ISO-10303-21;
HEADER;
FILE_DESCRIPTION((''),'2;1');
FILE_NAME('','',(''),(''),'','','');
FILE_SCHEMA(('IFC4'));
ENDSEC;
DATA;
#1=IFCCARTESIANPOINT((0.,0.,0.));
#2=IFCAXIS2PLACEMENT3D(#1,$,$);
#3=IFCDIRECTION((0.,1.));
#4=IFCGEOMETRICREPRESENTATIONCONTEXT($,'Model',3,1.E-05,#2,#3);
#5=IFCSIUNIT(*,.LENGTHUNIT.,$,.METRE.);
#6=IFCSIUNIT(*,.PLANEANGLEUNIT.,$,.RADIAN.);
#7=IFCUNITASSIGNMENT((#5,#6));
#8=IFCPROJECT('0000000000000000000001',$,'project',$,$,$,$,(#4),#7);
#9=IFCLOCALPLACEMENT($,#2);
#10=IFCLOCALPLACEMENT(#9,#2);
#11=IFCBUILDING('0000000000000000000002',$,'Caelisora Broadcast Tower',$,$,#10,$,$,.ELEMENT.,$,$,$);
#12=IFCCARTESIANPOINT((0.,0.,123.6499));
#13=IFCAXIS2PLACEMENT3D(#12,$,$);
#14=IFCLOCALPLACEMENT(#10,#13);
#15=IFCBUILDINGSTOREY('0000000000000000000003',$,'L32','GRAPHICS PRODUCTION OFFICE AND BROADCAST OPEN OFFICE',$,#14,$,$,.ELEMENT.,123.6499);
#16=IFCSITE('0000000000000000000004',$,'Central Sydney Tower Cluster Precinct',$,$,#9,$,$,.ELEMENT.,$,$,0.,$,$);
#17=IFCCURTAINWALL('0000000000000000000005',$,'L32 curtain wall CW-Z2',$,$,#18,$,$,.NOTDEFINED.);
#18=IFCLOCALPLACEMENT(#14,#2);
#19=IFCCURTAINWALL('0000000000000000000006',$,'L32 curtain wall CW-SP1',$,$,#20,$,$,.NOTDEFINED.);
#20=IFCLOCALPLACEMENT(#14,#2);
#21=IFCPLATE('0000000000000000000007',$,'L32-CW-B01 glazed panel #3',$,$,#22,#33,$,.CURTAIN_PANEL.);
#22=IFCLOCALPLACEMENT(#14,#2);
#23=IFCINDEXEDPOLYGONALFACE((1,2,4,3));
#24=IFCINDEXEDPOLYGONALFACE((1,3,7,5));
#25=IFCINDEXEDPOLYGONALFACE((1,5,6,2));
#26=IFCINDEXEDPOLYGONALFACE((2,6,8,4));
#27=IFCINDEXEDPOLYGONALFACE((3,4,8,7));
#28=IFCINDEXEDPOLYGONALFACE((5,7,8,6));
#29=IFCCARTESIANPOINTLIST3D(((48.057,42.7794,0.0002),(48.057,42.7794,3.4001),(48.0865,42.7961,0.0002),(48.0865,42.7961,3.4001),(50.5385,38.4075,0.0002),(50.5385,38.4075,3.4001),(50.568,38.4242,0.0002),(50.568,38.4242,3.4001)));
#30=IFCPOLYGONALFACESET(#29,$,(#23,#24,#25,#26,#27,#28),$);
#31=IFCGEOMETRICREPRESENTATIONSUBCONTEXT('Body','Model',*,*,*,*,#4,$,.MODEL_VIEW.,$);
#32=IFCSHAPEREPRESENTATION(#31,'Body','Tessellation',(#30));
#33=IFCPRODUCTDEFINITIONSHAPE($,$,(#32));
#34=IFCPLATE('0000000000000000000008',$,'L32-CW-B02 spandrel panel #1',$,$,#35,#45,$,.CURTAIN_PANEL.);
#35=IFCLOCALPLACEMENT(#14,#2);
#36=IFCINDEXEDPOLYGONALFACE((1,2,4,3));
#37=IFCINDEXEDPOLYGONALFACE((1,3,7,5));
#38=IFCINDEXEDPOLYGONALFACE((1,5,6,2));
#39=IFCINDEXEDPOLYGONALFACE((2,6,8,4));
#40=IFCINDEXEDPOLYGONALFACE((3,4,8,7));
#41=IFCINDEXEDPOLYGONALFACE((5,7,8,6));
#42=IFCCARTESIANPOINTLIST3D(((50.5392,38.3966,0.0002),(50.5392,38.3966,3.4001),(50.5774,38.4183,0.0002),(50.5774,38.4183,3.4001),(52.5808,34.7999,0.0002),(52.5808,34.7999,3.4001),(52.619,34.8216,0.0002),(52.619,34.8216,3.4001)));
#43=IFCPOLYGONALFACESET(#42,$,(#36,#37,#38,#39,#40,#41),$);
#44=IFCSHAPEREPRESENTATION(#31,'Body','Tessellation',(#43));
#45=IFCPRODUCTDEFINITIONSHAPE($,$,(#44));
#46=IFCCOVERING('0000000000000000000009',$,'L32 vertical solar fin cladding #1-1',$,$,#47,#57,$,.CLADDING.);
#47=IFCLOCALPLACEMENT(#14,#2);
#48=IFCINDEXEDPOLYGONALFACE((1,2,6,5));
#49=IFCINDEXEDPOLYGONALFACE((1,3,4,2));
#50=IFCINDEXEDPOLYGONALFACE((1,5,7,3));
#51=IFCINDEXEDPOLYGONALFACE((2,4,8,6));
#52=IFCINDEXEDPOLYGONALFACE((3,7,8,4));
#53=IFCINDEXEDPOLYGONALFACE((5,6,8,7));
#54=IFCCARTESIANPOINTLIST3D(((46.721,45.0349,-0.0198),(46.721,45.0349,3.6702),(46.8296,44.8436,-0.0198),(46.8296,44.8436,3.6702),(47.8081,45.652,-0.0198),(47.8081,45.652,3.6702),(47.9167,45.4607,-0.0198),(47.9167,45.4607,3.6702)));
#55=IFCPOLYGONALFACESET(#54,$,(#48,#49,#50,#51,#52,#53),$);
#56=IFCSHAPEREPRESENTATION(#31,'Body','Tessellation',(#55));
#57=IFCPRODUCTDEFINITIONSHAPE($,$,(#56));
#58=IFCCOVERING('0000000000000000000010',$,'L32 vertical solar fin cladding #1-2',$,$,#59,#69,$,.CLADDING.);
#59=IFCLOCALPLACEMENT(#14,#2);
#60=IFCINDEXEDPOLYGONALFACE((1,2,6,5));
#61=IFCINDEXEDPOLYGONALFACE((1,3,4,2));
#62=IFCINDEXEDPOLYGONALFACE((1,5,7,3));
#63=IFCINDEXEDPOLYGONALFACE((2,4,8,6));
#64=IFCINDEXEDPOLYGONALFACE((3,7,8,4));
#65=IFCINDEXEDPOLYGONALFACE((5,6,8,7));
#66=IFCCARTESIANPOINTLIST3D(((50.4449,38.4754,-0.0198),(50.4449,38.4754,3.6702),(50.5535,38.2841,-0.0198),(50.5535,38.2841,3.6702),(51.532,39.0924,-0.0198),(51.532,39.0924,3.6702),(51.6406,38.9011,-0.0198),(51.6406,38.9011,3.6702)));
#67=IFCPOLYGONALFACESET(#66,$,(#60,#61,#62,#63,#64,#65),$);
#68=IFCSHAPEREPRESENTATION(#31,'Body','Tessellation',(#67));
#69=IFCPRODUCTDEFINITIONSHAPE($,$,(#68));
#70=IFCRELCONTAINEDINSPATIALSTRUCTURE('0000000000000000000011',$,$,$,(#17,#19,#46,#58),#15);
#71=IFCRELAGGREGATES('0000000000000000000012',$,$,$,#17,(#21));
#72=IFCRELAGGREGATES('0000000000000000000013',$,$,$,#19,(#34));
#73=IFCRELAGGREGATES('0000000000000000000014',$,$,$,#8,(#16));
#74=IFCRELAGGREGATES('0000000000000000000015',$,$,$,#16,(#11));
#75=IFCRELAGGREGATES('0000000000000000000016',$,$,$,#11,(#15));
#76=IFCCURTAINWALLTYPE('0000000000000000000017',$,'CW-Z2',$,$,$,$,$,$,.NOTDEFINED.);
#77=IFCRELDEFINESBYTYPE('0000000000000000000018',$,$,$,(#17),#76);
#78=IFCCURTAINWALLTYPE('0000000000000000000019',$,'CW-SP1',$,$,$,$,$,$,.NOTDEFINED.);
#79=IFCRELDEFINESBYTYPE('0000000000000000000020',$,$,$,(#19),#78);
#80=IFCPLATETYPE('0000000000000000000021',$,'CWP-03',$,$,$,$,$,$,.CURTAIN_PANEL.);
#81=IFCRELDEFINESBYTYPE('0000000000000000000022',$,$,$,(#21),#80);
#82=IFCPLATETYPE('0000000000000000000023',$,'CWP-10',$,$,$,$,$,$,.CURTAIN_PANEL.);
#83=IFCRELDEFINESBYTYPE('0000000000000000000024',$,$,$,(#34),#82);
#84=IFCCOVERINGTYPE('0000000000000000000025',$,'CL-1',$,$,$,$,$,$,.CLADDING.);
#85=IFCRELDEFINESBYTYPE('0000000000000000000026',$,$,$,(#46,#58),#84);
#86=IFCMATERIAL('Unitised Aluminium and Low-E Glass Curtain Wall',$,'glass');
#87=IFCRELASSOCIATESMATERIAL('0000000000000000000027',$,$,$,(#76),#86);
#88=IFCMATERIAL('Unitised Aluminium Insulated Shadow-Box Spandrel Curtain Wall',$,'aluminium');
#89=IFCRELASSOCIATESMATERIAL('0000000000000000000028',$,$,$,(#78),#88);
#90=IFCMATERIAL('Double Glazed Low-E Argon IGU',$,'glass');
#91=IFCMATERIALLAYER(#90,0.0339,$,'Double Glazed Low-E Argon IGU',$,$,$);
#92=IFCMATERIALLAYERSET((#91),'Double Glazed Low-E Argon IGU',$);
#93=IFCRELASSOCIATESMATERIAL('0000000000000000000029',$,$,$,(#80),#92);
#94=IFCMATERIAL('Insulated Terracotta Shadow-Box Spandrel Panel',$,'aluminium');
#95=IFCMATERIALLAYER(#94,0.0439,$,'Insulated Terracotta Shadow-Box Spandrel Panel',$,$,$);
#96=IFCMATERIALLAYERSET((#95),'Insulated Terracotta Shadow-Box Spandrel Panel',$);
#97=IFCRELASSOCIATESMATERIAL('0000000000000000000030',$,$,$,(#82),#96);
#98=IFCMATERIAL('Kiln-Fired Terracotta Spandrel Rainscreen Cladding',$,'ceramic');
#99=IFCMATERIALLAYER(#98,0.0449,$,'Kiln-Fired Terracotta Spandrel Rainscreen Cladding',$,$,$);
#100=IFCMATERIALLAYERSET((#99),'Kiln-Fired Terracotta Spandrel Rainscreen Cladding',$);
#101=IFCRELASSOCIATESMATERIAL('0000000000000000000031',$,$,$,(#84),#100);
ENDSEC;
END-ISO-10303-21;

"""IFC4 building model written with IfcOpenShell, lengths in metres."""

from ifc_helpers import new_model, si_unit, direction, frame, origin, origin_2d, place, context, subcontext, project, spatial, rectangle, extrude, source, transform, mapped, material, layer, layer_set, type_object, type_shapes, element, aggregate, save


model = new_model("IFC4")

# Units and contexts
model_context = context("Model", 3, precision=1e-05, world=origin(), true_north=direction((0.0, 1.0)))
body_context = subcontext(model_context, "Body", "Model", "MODEL_VIEW")
ifc_project = project(units=[si_unit("LENGTHUNIT", "METRE"), si_unit("PLANEANGLEUNIT", "RADIAN")], contexts=[model_context])

# Site, building, storey
site_placement = place(None, origin())
site = spatial("IfcSite", under=ifc_project, at=site_placement, Name="Central Sydney Tower Cluster Precinct", CompositionType="ELEMENT", RefElevation=0.0)
building_placement = place(site_placement, origin())
building = spatial("IfcBuilding", under=site, at=building_placement, Name="Caelisora Broadcast Tower", CompositionType="ELEMENT")
storey_placement = place(building_placement, frame((0.0, 0.0, 123.6499)))
storey = spatial("IfcBuildingStorey", under=building, at=storey_placement, Name="L32", Description="GRAPHICS PRODUCTION OFFICE AND BROADCAST OPEN OFFICE", CompositionType="ELEMENT", Elevation=123.6499)

# Curtain wall
ifc_material_1 = material(Name="Unitised Aluminium and Low-E Glass Curtain Wall", Category="glass")
curtain_wall_type_1 = type_object("IfcCurtainWallType", Name="CW-Z2", PredefinedType="NOTDEFINED", material=ifc_material_1)
curtain_wall_1_placement = place(storey_placement, origin())
curtain_wall_1 = element("IfcCurtainWall", 1, at=curtain_wall_1_placement, inside=storey, type_object=curtain_wall_type_1, Name="L32 curtain wall CW-Z2", PredefinedType="NOTDEFINED")

# Curtain wall
ifc_material_2 = material(Name="Unitised Aluminium Insulated Shadow-Box Spandrel Curtain Wall", Category="aluminium")
curtain_wall_type_2 = type_object("IfcCurtainWallType", Name="CW-SP1", PredefinedType="NOTDEFINED", material=ifc_material_2)
curtain_wall_2_placement = place(storey_placement, origin())
curtain_wall_2 = element("IfcCurtainWall", 2, at=curtain_wall_2_placement, inside=storey, type_object=curtain_wall_type_2, Name="L32 curtain wall CW-SP1", PredefinedType="NOTDEFINED")

# Plates
ifc_material_3 = material(Name="Double Glazed Low-E Argon IGU", Category="glass")
ifc_layer_1 = layer(ifc_material_3, 0.0339, Name="Double Glazed Low-E Argon IGU")
ifc_layer_set_1 = layer_set([ifc_layer_1], Name="Double Glazed Low-E Argon IGU")
plate_type_1 = type_object("IfcPlateType", Name="CWP-03", PredefinedType="CURTAIN_PANEL", material=ifc_layer_set_1)
shared_shape_1 = source(origin(), body_context, "Body", "SweptSolid", [
    extrude(rectangle(XDim=5.0271, YDim=0.0339, at=origin_2d()), origin(), (0.0, 0.0, 1.0), 3.3999),
])
type_shapes(plate_type_1, [shared_shape_1])
plate_1_placement = place(storey_placement, frame((49.3125, 40.6018, 0.0002), z_axis=(0.0, 0.0, 1.0), x_axis=(0.493638, -0.869667, 0.0)))
plate_1 = element("IfcPlate", 3, at=plate_1_placement, type_object=plate_type_1, Name="L32-CW-B01 glazed panel #3", PredefinedType="CURTAIN_PANEL", context=body_context, shape_type="MappedRepresentation", body=[
    mapped(shared_shape_1, transform((0.0, 0.0, 0.0), scale=1.0)),
])
aggregate(curtain_wall_1, [plate_1])
ifc_material_4 = material(Name="Insulated Terracotta Shadow-Box Spandrel Panel", Category="aluminium")
ifc_layer_2 = layer(ifc_material_4, 0.0439, Name="Insulated Terracotta Shadow-Box Spandrel Panel")
ifc_layer_set_2 = layer_set([ifc_layer_2], Name="Insulated Terracotta Shadow-Box Spandrel Panel")
plate_type_2 = type_object("IfcPlateType", Name="CWP-10", PredefinedType="CURTAIN_PANEL", material=ifc_layer_set_2)
shared_shape_2 = source(origin(), body_context, "Body", "SweptSolid", [
    extrude(rectangle(XDim=4.1357, YDim=0.0439, at=origin_2d()), origin(), (0.0, 0.0, 1.0), 3.3999),
])
type_shapes(plate_type_2, [shared_shape_2])
plate_2_placement = place(storey_placement, frame((51.5791, 36.6091, 0.0002), z_axis=(0.0, 0.0, 1.0), x_axis=(0.493638, -0.869667, 0.0)))
plate_2 = element("IfcPlate", 4, at=plate_2_placement, type_object=plate_type_2, Name="L32-CW-B02 spandrel panel #1", PredefinedType="CURTAIN_PANEL", context=body_context, shape_type="MappedRepresentation", body=[
    mapped(shared_shape_2, transform((0.0, 0.0, 0.0), scale=1.0)),
])
aggregate(curtain_wall_2, [plate_2])

# Coverings
ifc_material_5 = material(Name="Kiln-Fired Terracotta Spandrel Rainscreen Cladding", Category="ceramic")
ifc_layer_3 = layer(ifc_material_5, 0.0449, Name="Kiln-Fired Terracotta Spandrel Rainscreen Cladding")
ifc_layer_set_3 = layer_set([ifc_layer_3], Name="Kiln-Fired Terracotta Spandrel Rainscreen Cladding")
covering_type = type_object("IfcCoveringType", Name="CL-1", PredefinedType="CLADDING", material=ifc_layer_set_3)
shared_shape_3 = source(origin(), body_context, "Body", "SweptSolid", [
    extrude(rectangle(XDim=0.22, YDim=1.25, at=origin_2d()), origin(), (0.0, 0.0, 1.0), 3.6899),
])
type_shapes(covering_type, [shared_shape_3])
for number, where, z_axis, x_axis, name in (
    (5, (47.3188, 45.2478, -0.0198), (0.0, 0.0, 1.0), (0.493638, -0.869667, 0.0), "L32 vertical solar fin cladding #1-1"),
    (6, (51.0427, 38.6882, -0.0198), (0.0, 0.0, 1.0), (0.493638, -0.869667, 0.0), "L32 vertical solar fin cladding #1-2"),
):
    element("IfcCovering", number, at=place(storey_placement, frame(where, z_axis=z_axis, x_axis=x_axis)), inside=storey, type_object=covering_type, Name=name, PredefinedType="CLADDING", context=body_context, shape_type="MappedRepresentation", body=[
        mapped(shared_shape_3, transform((0.0, 0.0, 0.0), scale=1.0)),
    ])

save(model, "model.ifc")
